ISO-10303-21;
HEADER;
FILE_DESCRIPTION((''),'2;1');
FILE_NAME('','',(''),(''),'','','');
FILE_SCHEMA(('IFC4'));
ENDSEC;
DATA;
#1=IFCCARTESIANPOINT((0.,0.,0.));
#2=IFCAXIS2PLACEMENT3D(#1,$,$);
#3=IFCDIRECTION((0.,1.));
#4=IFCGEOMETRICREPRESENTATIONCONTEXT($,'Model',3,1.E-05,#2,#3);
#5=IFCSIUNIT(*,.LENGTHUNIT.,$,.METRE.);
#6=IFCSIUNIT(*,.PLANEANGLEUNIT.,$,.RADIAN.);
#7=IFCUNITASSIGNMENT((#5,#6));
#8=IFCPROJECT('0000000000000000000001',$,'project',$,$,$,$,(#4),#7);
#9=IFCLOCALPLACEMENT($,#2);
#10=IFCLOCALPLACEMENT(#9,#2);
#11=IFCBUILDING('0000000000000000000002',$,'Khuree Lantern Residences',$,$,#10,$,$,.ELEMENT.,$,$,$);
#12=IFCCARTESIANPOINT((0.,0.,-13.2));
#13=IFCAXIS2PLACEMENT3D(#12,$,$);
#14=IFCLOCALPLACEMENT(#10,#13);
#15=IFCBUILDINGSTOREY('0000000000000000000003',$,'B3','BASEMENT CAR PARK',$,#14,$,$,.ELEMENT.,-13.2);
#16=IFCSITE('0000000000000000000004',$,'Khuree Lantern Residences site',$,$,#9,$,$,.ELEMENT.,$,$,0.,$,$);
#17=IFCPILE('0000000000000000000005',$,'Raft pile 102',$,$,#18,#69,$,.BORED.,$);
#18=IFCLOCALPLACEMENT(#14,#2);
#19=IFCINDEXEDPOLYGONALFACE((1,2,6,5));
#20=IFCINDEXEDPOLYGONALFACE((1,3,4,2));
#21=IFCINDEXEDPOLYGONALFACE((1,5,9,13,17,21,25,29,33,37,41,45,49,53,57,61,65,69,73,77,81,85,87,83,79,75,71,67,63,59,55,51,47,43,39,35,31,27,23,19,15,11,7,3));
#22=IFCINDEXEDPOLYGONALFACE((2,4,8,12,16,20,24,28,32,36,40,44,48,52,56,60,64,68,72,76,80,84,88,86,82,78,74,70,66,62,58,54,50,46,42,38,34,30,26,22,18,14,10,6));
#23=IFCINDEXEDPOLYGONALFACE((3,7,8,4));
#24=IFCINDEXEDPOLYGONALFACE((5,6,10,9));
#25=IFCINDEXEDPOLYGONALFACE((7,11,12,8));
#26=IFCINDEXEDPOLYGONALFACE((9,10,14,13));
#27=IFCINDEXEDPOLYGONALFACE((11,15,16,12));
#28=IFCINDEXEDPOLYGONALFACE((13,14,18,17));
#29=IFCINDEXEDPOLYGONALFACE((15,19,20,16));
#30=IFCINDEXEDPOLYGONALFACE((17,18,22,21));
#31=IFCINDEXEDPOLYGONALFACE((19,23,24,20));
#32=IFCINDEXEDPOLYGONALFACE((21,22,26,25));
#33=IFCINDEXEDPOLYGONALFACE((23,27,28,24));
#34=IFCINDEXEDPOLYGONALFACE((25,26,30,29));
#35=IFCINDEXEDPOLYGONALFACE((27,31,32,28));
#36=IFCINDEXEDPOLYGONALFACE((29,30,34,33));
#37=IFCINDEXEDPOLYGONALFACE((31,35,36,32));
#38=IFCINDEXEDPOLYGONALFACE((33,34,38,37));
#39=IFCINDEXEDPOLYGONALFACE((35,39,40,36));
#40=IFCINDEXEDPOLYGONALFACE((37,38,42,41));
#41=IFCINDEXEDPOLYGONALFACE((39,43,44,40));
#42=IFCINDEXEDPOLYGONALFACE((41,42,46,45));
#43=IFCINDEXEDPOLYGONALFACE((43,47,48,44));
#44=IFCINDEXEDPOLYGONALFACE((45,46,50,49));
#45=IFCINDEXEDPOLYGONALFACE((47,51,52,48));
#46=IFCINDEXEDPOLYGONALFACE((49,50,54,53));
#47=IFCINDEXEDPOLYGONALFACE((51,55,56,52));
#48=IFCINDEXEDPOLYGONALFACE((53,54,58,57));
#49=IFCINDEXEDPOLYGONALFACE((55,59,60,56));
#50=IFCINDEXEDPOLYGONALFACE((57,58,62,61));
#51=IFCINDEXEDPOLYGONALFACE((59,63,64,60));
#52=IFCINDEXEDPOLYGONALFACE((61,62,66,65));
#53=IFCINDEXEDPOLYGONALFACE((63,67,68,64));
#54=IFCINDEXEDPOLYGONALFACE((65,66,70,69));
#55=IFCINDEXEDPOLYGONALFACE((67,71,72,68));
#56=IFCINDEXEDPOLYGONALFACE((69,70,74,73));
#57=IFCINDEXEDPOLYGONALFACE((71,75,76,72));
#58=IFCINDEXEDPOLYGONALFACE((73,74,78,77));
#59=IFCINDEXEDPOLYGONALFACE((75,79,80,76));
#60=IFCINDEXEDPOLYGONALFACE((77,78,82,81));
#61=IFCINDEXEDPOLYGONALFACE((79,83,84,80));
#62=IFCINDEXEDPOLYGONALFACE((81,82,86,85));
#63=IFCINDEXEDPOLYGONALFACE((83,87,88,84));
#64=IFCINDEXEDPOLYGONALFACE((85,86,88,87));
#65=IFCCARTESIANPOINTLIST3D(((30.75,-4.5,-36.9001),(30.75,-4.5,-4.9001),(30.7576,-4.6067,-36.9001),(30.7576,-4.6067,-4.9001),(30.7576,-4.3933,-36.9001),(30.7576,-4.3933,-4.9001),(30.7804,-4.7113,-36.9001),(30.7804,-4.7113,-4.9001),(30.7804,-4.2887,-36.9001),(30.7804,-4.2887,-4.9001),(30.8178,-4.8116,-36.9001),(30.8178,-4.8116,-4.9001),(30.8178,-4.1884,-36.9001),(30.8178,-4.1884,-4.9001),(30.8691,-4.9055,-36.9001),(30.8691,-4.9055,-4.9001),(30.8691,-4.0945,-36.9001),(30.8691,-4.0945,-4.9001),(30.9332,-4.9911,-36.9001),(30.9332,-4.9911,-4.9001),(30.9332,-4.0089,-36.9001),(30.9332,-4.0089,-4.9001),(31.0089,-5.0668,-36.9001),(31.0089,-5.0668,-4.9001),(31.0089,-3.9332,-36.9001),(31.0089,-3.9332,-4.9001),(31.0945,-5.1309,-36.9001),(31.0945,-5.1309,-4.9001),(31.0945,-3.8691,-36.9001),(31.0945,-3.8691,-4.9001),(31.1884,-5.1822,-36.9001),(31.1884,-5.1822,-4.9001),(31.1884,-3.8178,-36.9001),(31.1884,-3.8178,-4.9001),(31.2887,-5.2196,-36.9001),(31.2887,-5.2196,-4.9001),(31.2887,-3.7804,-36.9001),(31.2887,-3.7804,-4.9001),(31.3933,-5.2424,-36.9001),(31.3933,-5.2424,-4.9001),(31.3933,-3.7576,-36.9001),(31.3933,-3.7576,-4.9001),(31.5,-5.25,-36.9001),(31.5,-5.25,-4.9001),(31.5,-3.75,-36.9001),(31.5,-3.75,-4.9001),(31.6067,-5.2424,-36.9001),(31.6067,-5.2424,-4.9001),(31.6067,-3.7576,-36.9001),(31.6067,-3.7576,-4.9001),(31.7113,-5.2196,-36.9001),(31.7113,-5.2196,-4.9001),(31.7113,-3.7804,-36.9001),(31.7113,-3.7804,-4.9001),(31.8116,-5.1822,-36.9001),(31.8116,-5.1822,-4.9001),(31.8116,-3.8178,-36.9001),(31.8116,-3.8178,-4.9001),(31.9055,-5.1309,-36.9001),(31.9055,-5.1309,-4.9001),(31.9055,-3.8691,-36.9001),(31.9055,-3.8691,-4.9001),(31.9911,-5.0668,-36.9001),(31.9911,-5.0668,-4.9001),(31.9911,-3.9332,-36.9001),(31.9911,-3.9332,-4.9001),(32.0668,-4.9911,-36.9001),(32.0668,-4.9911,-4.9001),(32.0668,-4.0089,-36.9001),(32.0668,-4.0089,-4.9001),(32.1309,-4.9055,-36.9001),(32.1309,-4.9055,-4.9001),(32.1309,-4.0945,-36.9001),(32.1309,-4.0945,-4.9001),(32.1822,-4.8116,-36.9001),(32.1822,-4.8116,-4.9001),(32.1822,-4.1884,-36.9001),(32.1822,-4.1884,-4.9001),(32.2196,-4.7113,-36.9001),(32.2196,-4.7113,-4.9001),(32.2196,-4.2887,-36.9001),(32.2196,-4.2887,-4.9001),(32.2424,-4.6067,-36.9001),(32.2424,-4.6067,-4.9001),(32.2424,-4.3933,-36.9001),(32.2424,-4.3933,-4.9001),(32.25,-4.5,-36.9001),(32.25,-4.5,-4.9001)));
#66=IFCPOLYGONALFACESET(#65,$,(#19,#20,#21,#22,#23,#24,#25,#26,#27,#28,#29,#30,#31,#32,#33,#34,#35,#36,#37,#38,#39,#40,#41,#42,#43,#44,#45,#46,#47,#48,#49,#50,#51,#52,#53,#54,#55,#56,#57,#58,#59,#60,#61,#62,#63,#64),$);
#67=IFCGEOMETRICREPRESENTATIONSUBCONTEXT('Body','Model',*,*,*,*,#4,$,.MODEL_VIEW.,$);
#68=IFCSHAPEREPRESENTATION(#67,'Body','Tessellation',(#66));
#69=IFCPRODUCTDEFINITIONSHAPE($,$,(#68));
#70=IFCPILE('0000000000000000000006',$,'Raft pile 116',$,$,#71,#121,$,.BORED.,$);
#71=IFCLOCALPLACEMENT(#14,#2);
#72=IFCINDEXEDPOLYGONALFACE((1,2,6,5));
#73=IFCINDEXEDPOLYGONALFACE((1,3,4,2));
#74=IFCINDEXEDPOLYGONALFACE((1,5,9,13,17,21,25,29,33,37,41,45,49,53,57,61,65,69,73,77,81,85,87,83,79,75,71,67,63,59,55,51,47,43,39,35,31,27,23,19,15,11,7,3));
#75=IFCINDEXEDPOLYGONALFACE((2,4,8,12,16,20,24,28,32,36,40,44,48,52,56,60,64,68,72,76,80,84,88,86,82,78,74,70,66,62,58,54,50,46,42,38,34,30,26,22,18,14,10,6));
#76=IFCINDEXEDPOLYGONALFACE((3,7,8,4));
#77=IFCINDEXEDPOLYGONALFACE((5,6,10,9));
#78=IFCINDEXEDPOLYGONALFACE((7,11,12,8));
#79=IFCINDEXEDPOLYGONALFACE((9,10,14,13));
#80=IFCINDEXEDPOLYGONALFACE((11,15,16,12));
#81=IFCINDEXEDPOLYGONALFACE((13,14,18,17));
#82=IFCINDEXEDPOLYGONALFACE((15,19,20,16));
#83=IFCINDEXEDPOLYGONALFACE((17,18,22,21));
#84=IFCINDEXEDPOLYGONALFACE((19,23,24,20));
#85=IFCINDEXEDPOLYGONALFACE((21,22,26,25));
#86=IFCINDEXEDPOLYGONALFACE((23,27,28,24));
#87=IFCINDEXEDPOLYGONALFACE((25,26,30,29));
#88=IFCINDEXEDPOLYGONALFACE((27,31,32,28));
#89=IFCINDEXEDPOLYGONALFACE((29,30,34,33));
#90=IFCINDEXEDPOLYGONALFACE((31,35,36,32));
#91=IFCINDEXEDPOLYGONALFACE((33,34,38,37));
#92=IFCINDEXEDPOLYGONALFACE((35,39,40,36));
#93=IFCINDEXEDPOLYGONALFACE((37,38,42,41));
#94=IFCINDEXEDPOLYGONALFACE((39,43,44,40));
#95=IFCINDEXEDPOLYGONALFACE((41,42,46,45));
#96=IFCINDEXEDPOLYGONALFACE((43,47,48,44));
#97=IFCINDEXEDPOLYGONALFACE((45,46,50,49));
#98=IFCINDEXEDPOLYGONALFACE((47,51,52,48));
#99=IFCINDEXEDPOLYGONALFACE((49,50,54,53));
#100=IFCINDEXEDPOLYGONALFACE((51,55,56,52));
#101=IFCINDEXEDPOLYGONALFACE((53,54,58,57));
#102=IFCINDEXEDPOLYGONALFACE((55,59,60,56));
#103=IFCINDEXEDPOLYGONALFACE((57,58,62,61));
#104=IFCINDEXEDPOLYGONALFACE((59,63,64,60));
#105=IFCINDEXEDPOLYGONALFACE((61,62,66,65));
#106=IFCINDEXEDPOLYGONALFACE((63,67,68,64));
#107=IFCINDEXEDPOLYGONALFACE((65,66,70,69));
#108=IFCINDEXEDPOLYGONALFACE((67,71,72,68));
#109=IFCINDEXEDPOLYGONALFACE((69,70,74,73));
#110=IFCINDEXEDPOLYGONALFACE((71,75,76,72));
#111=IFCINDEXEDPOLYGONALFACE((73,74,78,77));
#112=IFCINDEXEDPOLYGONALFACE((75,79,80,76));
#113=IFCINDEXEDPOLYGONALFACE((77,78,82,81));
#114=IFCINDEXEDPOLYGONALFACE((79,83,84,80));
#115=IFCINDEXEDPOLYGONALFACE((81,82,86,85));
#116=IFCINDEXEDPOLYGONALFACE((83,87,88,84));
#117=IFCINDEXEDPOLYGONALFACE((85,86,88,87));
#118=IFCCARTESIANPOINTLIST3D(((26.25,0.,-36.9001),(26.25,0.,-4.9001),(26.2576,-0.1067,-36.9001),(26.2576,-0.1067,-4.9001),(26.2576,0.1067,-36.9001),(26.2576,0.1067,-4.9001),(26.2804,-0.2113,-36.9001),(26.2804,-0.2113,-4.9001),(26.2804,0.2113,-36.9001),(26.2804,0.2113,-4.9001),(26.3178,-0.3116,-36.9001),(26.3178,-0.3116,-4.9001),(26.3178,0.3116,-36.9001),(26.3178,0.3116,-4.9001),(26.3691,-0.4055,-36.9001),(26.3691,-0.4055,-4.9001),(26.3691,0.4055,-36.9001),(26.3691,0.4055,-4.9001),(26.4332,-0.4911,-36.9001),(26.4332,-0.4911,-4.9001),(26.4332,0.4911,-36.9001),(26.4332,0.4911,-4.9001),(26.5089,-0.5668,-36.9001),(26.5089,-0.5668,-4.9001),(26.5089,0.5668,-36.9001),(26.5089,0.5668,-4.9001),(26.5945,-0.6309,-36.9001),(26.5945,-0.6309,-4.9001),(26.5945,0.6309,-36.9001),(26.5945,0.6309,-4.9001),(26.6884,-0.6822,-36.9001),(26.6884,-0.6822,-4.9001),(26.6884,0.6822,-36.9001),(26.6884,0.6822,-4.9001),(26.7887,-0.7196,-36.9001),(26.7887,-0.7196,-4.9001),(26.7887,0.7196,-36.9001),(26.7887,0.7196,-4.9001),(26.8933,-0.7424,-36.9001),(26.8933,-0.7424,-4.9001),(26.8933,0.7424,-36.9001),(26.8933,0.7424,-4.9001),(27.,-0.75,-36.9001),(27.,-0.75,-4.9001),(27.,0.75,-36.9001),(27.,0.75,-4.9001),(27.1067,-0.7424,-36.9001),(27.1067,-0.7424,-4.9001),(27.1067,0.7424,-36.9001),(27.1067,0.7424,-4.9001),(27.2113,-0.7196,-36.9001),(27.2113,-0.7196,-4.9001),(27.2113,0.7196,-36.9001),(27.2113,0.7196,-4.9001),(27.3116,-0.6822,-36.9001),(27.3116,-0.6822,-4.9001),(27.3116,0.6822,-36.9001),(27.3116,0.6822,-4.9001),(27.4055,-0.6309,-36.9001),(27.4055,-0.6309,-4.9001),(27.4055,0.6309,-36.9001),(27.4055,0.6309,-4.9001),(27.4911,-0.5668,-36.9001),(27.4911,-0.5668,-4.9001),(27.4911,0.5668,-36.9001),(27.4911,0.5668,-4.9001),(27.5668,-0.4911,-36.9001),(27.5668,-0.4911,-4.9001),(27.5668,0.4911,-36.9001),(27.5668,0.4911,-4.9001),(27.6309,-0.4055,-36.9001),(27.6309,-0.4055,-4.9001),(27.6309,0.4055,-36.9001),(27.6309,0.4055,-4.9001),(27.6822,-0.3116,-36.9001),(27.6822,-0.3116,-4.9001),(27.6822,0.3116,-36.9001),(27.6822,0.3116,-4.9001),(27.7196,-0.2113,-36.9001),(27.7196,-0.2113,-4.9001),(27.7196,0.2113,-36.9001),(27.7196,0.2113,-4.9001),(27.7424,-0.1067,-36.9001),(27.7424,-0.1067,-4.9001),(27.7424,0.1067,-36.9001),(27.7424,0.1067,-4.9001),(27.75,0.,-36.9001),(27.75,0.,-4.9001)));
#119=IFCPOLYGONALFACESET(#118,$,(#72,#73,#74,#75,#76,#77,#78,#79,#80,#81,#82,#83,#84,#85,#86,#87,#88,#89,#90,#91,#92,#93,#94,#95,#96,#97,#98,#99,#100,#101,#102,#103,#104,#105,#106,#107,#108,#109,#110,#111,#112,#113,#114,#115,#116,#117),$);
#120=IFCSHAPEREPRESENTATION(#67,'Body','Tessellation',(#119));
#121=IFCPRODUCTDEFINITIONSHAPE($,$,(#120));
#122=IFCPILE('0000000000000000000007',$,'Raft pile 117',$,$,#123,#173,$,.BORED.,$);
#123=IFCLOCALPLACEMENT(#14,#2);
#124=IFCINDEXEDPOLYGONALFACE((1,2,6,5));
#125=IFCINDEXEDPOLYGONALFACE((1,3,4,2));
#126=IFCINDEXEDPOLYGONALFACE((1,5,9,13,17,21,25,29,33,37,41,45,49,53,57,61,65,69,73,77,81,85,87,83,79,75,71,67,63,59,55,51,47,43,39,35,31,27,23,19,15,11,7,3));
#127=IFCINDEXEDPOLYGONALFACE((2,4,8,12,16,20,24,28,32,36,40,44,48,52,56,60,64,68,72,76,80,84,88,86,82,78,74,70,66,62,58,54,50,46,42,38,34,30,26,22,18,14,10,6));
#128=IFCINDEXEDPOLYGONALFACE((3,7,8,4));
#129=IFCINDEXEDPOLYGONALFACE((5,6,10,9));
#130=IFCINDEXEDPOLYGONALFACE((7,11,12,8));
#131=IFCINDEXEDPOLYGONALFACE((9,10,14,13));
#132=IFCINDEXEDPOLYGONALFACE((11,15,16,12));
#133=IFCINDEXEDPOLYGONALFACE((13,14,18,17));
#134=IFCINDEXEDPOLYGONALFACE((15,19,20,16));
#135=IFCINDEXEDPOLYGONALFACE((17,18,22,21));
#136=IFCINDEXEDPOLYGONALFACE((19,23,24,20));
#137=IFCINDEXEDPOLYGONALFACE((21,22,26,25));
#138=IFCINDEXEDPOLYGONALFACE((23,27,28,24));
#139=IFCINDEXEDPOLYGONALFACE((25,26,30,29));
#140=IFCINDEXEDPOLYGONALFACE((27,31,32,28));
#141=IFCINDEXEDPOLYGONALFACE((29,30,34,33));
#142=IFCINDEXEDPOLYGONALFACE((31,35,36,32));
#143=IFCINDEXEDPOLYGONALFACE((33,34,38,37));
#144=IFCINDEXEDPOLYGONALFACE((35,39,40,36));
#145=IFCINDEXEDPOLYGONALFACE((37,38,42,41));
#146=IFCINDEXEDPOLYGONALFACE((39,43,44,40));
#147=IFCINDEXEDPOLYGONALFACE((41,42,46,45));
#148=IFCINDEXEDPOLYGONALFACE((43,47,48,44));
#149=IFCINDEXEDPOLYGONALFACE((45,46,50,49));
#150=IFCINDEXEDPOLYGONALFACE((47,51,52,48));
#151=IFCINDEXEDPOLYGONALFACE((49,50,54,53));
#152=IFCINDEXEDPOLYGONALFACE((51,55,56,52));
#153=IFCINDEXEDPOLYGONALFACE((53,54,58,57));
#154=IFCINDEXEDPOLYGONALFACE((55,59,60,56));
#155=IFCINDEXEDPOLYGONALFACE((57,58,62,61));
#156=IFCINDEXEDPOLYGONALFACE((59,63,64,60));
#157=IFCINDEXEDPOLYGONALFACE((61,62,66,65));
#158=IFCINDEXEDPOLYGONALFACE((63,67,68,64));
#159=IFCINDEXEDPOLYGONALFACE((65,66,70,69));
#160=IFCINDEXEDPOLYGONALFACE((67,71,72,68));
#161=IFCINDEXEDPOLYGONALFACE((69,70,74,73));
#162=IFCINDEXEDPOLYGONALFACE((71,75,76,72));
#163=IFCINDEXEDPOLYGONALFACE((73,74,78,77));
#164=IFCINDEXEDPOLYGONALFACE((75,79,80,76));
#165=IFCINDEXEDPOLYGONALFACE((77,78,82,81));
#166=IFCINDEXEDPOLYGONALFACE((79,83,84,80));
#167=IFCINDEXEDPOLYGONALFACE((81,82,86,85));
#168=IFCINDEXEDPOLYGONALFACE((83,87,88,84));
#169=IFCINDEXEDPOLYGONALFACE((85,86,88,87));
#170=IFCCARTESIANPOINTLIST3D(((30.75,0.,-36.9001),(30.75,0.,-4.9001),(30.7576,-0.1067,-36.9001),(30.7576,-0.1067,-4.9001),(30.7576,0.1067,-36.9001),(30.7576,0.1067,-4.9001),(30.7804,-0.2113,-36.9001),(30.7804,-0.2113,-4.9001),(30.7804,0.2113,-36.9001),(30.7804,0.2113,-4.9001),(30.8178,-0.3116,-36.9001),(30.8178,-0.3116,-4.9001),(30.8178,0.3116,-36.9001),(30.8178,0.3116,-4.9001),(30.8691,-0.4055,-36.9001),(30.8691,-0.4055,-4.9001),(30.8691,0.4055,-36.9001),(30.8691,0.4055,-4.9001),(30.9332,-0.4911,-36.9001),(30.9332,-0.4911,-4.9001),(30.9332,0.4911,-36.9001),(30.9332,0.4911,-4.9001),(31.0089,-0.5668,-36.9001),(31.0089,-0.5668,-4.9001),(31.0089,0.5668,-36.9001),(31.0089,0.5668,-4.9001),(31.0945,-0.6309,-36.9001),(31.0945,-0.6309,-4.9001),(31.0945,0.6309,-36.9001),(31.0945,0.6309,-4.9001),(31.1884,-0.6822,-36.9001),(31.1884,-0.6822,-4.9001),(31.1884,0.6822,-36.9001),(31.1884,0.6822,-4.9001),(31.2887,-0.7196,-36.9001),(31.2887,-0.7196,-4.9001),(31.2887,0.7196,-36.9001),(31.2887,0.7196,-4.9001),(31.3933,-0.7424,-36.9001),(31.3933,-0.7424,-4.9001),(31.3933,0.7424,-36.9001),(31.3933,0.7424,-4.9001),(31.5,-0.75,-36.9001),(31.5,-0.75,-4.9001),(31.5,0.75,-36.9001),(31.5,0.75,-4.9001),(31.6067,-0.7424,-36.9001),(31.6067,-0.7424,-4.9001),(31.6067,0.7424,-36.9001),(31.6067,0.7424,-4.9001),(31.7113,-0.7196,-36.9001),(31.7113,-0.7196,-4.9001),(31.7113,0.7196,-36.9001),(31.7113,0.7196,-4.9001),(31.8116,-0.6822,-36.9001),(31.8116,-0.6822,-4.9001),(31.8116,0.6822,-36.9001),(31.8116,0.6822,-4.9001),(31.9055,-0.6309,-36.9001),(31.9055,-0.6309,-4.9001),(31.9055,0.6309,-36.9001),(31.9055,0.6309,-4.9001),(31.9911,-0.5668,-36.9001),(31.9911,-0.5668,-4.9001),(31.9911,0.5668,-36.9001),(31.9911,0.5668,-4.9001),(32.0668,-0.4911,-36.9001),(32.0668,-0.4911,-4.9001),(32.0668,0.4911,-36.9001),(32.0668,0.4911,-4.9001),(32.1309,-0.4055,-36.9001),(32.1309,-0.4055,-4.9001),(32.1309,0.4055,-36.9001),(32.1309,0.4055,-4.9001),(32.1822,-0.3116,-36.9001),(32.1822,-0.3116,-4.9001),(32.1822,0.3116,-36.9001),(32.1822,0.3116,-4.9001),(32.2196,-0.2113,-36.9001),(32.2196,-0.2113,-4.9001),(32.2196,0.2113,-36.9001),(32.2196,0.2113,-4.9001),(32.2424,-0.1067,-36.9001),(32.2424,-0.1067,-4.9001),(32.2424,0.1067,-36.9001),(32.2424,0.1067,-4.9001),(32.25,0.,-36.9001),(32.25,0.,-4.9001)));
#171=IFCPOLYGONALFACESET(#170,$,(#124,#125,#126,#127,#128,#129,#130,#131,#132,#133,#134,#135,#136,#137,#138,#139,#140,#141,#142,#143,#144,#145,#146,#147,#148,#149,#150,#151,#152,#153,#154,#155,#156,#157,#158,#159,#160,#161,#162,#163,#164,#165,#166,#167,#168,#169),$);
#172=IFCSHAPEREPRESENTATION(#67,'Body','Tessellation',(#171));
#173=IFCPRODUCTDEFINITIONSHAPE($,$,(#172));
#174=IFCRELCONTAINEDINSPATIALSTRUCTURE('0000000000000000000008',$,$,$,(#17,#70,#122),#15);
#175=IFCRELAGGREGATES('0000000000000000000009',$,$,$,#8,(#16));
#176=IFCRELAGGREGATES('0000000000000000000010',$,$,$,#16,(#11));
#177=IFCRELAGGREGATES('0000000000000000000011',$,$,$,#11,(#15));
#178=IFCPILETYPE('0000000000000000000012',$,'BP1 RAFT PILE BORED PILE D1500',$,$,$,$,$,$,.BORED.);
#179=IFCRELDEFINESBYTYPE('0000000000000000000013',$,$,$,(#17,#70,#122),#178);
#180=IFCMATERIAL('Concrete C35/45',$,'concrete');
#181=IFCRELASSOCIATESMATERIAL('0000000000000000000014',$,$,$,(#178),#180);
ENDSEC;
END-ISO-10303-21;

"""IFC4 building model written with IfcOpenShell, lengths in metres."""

from ifc_helpers import new_model, si_unit, direction, frame, origin, origin_2d, place, context, subcontext, project, spatial, circle, extrude, material, material_profile, profile_set, type_object, element, save


model = new_model("IFC4")

# Units and contexts
model_context = context("Model", 3, precision=1e-05, world=origin(), true_north=direction((0.0, 1.0)))
body_context = subcontext(model_context, "Body", "Model", "MODEL_VIEW")
ifc_project = project(units=[si_unit("LENGTHUNIT", "METRE"), si_unit("PLANEANGLEUNIT", "RADIAN")], contexts=[model_context])

# Site, building, storey
site_placement = place(None, origin())
site = spatial("IfcSite", under=ifc_project, at=site_placement, Name="Khuree Lantern Residences site", CompositionType="ELEMENT", RefElevation=0.0)
building_placement = place(site_placement, origin())
building = spatial("IfcBuilding", under=site, at=building_placement, Name="Khuree Lantern Residences", CompositionType="ELEMENT")
storey_placement = place(building_placement, frame((0.0, 0.0, -13.2)))
storey = spatial("IfcBuildingStorey", under=building, at=storey_placement, Name="B3", Description="BASEMENT CAR PARK", CompositionType="ELEMENT", Elevation=-13.2)

# Piles
ifc_material_1 = material(Name="Concrete C35/45", Category="concrete")
ifc_material_profile_1 = material_profile(ifc_material_1, circle(Radius=0.75, at=origin_2d()), Name="BORED PILE D1500")
ifc_profile_set_1 = profile_set([ifc_material_profile_1], Name="Concrete C35/45")
pile_type_1 = type_object("IfcPileType", Name="BP1 RAFT PILE BORED PILE D1500", PredefinedType="BORED", material=ifc_profile_set_1)
for number, where, z_axis, x_axis, name in (
    (1, (31.5, -4.5, -4.9001), (0.0, 0.0, -1.0), (1.0, 0.0, 0.0), "Raft pile 102"),
    (2, (27.0, 0.0, -4.9001), (0.0, 0.0, -1.0), (1.0, 0.0, 0.0), "Raft pile 116"),
    (3, (31.5, 0.0, -4.9001), (0.0, 0.0, -1.0), (1.0, 0.0, 0.0), "Raft pile 117"),
):
    element("IfcPile", number, at=place(storey_placement, frame(where, z_axis=z_axis, x_axis=x_axis)), inside=storey, type_object=pile_type_1, Name=name, PredefinedType="BORED", context=body_context, shape_type="SweptSolid", body=[
        extrude(circle(Radius=0.75, at=origin_2d()), origin(), (0.0, 0.0, 1.0), 32.0),
    ])

save(model, "model.ifc")
